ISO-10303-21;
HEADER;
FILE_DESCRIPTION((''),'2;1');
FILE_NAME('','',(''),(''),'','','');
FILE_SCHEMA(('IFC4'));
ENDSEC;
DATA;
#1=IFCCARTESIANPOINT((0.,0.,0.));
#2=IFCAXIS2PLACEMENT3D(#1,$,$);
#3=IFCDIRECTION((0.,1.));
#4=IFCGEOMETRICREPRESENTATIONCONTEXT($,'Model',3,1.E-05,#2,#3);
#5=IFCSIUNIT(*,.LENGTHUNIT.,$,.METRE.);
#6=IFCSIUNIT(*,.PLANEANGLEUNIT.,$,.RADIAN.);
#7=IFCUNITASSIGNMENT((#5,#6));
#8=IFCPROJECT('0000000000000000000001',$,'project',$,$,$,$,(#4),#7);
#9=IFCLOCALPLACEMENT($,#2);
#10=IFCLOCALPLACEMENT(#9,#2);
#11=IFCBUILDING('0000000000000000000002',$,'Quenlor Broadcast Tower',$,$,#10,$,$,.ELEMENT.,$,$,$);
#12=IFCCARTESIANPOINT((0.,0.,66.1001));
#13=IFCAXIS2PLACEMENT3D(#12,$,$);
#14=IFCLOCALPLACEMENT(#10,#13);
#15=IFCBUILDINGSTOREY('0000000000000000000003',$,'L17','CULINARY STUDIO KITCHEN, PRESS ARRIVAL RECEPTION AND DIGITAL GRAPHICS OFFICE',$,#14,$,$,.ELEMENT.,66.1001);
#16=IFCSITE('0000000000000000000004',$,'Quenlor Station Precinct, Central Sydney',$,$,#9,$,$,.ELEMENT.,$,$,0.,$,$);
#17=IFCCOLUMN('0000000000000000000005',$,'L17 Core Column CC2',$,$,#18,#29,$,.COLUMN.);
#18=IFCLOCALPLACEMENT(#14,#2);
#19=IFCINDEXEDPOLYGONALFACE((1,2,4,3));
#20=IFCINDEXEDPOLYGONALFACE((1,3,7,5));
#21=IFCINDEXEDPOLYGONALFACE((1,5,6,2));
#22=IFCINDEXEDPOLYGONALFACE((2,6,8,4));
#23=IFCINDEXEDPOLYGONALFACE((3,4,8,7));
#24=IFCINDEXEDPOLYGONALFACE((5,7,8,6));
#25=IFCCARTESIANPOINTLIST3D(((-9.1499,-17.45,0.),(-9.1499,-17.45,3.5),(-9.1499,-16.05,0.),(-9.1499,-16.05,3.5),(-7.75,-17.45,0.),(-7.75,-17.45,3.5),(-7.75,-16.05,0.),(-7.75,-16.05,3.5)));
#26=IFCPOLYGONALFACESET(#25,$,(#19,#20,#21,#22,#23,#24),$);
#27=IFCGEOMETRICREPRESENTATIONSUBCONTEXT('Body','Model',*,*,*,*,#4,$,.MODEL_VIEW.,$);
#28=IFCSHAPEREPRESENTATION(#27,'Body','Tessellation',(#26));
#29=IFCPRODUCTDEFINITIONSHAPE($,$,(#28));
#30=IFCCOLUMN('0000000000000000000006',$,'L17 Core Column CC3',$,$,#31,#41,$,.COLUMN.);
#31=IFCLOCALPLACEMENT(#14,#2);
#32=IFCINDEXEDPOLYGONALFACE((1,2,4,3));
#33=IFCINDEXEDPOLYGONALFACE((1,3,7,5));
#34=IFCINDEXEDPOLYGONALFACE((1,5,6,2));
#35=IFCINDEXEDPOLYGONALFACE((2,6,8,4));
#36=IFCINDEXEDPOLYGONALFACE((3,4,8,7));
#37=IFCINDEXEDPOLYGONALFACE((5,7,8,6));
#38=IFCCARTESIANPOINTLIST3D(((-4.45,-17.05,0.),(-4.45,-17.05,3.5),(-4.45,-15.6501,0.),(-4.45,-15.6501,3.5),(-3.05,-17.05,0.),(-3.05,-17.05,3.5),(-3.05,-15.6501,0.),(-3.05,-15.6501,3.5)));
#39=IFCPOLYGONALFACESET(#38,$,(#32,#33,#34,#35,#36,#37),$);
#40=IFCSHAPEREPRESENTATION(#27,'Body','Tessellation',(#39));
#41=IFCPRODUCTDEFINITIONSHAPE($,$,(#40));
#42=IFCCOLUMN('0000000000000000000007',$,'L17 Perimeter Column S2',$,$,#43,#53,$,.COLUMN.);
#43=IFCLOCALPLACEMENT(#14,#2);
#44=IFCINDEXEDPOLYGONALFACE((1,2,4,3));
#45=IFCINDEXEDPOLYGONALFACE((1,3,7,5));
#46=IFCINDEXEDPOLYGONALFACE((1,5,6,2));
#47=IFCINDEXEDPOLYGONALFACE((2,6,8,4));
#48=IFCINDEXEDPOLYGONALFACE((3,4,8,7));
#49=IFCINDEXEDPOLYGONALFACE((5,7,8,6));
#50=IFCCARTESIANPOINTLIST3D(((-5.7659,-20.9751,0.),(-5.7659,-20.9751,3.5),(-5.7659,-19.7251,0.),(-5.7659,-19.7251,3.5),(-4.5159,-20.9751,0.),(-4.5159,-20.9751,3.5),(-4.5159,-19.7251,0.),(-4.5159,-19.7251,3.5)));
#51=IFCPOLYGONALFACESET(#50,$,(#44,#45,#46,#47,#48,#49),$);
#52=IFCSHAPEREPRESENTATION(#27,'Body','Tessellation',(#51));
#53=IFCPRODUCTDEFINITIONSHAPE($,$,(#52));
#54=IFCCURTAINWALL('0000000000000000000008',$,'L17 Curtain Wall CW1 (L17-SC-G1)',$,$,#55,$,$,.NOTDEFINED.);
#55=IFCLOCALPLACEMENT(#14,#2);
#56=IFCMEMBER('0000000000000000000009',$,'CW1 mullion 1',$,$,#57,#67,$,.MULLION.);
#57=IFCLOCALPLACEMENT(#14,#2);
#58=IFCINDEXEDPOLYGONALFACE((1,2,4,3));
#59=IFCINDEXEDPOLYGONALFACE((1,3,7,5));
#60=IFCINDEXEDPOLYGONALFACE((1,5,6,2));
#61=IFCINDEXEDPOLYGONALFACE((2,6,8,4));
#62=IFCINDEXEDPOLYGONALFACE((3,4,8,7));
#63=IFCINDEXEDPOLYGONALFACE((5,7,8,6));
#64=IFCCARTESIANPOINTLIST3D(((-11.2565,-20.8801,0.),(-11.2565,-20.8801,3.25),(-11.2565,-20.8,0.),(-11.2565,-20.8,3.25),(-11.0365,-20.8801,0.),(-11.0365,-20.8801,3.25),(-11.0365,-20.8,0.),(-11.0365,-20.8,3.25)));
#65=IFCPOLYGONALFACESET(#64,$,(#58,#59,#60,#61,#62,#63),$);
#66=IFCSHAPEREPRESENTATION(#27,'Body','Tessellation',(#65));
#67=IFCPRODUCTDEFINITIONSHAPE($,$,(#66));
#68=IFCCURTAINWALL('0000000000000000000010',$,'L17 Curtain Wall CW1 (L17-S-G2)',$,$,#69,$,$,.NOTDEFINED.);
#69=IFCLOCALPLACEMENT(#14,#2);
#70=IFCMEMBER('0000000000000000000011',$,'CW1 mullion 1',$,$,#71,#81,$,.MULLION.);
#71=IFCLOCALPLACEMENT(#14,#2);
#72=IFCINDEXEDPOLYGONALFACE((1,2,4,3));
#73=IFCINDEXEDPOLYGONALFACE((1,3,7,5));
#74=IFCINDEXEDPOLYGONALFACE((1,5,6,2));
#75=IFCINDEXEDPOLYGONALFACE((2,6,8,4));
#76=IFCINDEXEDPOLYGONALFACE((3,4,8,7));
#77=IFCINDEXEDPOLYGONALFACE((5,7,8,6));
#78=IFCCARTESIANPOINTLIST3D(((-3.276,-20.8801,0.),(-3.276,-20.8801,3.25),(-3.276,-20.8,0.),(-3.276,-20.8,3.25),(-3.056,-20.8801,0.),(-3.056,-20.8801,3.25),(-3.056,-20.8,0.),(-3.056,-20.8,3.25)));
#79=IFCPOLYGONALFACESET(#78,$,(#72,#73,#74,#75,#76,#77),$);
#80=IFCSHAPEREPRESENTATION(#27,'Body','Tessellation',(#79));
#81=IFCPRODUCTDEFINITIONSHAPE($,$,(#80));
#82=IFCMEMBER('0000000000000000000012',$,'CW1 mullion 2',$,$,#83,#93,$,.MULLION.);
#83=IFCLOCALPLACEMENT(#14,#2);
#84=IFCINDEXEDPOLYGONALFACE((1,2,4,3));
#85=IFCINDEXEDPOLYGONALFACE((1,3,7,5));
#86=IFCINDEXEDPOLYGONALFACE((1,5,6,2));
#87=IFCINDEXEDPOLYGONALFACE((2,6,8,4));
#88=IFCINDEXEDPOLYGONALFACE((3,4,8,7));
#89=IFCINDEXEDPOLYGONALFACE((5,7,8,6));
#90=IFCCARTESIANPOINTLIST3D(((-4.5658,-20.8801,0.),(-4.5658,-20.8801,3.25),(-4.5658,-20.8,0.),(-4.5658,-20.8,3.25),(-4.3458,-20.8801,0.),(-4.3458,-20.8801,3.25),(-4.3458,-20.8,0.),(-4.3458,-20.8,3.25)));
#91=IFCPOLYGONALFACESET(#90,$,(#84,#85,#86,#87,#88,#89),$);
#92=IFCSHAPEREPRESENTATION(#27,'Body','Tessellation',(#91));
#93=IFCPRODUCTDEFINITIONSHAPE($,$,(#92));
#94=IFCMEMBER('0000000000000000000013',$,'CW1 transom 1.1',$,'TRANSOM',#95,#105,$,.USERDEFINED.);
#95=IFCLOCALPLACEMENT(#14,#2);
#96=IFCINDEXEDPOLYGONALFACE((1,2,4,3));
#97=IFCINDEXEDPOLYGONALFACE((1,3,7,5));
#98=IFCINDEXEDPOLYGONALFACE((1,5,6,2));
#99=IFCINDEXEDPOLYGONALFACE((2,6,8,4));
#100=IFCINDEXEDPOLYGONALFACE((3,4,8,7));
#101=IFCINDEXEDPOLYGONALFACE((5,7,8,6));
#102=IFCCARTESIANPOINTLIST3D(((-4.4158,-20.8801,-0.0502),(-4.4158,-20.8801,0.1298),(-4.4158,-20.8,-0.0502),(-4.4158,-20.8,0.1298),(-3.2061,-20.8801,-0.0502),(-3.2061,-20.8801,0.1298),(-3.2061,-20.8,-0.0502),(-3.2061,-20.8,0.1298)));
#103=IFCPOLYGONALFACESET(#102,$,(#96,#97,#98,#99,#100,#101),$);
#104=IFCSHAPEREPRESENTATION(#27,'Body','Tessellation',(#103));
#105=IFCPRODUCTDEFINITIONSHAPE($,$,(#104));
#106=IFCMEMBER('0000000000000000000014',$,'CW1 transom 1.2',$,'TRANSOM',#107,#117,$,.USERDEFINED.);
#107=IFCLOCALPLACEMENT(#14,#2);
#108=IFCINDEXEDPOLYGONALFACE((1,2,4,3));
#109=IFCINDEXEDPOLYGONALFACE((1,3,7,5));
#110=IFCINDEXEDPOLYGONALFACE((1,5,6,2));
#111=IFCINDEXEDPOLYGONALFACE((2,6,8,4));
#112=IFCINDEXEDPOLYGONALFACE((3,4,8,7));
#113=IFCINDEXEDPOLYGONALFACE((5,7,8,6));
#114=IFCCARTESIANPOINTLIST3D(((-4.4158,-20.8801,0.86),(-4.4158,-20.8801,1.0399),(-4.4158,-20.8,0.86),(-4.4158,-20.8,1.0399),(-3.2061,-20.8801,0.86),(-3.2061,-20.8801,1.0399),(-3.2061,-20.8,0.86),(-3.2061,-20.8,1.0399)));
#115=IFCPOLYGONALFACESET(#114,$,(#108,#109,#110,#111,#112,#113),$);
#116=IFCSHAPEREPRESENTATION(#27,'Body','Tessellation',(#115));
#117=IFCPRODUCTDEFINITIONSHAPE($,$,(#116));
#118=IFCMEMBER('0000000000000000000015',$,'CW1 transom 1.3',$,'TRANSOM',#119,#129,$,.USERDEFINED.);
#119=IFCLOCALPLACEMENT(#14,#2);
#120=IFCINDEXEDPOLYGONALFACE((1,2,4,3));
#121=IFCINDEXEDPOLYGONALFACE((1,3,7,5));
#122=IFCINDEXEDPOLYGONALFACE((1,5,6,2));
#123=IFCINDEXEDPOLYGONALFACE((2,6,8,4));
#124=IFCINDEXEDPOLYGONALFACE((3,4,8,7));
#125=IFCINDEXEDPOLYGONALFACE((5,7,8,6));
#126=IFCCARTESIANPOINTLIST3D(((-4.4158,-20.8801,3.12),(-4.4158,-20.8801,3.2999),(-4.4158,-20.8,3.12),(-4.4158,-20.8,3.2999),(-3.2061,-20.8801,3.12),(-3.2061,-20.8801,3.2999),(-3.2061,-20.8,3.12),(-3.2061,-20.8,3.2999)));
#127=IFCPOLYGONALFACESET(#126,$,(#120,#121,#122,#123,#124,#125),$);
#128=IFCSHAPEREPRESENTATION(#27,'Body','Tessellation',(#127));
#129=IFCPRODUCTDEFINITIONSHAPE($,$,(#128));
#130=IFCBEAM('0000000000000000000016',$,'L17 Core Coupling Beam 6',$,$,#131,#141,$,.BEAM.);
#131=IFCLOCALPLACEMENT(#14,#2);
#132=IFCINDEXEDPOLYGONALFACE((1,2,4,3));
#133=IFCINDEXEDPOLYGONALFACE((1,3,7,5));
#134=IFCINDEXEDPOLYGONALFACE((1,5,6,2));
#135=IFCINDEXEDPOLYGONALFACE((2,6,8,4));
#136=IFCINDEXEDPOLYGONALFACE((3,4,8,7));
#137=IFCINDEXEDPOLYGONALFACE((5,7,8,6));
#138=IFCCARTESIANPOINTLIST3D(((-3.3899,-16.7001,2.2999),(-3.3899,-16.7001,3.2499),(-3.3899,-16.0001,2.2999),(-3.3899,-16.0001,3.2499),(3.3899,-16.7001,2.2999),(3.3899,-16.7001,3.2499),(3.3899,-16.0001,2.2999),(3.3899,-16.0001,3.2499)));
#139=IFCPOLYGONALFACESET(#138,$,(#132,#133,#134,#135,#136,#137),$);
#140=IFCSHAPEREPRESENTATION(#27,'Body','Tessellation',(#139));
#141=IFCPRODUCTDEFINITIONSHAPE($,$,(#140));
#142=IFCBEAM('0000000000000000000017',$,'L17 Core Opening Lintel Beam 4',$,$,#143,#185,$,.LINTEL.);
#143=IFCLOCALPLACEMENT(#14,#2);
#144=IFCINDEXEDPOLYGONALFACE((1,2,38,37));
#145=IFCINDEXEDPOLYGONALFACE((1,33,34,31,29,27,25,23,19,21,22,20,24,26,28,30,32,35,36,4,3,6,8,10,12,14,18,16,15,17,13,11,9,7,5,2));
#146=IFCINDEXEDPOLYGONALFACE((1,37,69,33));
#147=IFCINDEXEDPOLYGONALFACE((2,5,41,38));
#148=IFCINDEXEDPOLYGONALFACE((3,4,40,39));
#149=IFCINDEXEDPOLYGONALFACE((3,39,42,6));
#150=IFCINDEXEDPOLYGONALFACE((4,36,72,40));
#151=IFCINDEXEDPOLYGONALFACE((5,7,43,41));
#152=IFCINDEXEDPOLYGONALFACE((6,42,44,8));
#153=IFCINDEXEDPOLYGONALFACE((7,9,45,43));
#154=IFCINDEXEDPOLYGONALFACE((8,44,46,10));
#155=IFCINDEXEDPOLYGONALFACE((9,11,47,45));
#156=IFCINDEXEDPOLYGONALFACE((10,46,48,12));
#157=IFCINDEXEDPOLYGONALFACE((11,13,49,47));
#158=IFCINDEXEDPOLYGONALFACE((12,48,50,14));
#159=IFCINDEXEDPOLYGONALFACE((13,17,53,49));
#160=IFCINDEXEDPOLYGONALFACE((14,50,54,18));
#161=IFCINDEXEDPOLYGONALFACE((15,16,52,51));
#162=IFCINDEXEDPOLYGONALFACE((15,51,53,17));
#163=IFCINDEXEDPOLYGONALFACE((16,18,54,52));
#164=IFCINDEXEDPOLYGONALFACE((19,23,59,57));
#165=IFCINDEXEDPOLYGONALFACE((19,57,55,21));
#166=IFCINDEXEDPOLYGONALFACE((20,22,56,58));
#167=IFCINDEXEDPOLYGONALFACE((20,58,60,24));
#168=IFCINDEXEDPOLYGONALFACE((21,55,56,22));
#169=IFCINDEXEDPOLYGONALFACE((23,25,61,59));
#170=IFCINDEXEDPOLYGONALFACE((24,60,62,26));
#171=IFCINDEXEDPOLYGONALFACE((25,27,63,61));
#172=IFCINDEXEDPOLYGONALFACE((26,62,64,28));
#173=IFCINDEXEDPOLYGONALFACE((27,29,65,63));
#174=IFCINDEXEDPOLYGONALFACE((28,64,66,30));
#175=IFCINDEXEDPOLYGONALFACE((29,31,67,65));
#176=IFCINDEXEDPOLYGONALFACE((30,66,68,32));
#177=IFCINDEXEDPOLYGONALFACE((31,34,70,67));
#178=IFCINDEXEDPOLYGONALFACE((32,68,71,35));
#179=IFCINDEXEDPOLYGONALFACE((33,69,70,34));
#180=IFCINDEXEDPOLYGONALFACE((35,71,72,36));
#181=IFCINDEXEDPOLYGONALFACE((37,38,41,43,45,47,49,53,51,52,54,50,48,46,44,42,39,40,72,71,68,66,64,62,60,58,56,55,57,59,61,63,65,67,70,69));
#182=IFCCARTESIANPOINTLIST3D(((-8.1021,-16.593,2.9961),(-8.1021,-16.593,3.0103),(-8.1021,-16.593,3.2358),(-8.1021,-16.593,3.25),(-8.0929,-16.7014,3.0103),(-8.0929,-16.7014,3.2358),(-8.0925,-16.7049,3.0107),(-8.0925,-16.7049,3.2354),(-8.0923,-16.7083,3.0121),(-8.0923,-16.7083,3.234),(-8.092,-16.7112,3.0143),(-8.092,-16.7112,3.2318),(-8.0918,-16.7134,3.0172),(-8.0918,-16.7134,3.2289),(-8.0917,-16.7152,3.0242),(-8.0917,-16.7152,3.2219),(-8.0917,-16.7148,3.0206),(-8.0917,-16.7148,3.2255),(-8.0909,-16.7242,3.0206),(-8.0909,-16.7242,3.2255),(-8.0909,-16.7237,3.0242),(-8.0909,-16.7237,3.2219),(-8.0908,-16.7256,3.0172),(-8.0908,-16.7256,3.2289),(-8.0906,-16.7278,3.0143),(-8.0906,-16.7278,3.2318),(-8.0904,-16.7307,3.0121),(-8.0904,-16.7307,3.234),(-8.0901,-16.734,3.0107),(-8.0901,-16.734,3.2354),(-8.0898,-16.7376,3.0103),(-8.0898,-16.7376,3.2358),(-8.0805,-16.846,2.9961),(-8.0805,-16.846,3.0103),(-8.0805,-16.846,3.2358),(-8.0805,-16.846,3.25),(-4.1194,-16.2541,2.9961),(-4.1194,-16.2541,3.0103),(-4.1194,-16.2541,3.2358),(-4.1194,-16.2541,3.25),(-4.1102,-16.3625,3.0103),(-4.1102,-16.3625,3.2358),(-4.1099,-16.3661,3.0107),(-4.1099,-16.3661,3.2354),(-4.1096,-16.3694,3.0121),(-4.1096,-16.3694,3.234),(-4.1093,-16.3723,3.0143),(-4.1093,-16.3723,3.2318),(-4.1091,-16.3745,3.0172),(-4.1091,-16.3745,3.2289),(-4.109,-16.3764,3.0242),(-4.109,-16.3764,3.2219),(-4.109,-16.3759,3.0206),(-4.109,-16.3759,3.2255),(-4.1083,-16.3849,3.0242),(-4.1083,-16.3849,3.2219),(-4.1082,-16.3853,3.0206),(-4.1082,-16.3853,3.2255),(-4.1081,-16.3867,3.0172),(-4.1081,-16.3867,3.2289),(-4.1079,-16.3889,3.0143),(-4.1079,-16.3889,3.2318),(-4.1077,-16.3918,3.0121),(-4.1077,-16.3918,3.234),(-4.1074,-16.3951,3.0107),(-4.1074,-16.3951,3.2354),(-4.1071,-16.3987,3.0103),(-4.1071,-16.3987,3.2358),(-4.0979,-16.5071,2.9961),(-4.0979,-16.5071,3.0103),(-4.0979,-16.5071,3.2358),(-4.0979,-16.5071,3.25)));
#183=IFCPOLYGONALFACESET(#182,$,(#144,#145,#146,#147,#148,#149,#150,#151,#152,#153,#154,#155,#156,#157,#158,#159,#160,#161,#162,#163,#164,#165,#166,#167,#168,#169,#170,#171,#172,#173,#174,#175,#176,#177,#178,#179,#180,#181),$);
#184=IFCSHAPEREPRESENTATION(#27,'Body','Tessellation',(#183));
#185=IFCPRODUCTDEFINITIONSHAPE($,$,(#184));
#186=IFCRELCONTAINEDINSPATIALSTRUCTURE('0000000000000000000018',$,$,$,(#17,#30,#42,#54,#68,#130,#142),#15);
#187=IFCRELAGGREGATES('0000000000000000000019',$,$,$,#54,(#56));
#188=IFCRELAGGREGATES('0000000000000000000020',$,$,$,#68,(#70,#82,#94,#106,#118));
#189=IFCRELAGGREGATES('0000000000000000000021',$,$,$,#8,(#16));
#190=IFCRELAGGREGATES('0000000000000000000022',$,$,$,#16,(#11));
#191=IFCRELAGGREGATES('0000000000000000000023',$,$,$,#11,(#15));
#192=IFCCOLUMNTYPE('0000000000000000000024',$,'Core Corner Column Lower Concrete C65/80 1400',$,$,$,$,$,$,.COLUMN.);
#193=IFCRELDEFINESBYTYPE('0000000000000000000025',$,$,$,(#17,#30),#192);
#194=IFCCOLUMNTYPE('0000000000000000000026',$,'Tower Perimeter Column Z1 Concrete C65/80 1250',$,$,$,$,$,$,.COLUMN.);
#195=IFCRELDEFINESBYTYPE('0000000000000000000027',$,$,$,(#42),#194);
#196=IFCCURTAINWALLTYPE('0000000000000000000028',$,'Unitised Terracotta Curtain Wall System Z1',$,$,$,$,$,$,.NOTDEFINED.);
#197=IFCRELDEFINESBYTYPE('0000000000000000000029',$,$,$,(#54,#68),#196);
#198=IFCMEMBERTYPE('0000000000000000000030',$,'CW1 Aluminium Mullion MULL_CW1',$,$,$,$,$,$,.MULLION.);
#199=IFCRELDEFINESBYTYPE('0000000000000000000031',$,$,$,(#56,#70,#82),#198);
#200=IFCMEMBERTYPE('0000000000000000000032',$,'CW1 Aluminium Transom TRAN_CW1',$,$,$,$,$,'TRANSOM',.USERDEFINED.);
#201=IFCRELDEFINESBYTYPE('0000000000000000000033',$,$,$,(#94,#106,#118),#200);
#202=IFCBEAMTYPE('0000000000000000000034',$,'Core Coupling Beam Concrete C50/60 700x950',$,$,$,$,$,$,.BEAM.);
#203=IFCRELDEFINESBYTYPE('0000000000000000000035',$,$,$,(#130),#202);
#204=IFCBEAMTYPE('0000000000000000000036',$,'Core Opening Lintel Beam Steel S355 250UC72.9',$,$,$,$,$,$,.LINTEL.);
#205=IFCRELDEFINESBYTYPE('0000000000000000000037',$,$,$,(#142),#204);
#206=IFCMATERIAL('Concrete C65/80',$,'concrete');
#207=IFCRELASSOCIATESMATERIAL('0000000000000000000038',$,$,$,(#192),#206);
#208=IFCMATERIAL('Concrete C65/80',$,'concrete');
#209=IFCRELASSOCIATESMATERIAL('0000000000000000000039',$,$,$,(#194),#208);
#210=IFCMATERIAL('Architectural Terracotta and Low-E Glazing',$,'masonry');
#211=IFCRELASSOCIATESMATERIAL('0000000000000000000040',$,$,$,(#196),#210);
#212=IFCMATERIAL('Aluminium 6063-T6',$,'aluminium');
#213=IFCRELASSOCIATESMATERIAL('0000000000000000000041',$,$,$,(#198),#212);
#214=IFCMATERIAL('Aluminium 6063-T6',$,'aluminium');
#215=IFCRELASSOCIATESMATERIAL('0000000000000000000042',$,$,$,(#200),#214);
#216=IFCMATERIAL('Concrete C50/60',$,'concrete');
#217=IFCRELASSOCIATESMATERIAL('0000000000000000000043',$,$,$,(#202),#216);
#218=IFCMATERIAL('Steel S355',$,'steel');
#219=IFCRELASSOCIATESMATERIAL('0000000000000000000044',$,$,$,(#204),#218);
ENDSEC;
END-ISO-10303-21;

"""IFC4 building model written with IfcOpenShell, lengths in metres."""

from ifc_helpers import new_model, si_unit, direction, frame, origin, origin_2d, place, context, subcontext, project, spatial, rectangle, i_section, extrude, material, material_profile, profile_set, type_object, element, aggregate, save


model = new_model("IFC4")

# Units and contexts
model_context = context("Model", 3, precision=1e-05, world=origin(), true_north=direction((0.0, 1.0)))
body_context = subcontext(model_context, "Body", "Model", "MODEL_VIEW")
ifc_project = project(units=[si_unit("LENGTHUNIT", "METRE"), si_unit("PLANEANGLEUNIT", "RADIAN")], contexts=[model_context])

# Site, building, storey
site_placement = place(None, origin())
site = spatial("IfcSite", under=ifc_project, at=site_placement, Name="Quenlor Station Precinct, Central Sydney", CompositionType="ELEMENT", RefElevation=0.0)
building_placement = place(site_placement, origin())
building = spatial("IfcBuilding", under=site, at=building_placement, Name="Quenlor Broadcast Tower", CompositionType="ELEMENT")
storey_placement = place(building_placement, frame((0.0, 0.0, 66.1001)))
storey = spatial("IfcBuildingStorey", under=building, at=storey_placement, Name="L17", Description="CULINARY STUDIO KITCHEN, PRESS ARRIVAL RECEPTION AND DIGITAL GRAPHICS OFFICE", CompositionType="ELEMENT", Elevation=66.1001)

# Columns
ifc_material_1 = material(Name="Concrete C65/80", Category="concrete")
ifc_material_profile_1 = material_profile(ifc_material_1, rectangle(XDim=1.3999, YDim=1.3999, at=origin_2d()))
ifc_profile_set_1 = profile_set([ifc_material_profile_1], Name="Concrete C65/80 RC1400x1400")
column_type_1 = type_object("IfcColumnType", Name="Core Corner Column Lower Concrete C65/80 1400", PredefinedType="COLUMN", material=ifc_profile_set_1)
for number, where, z_axis, x_axis, name in (
    (1, (-8.45, -16.75, 0.0), (0.0, 0.0, 1.0), (1.0, 0.0, 0.0), "L17 Core Column CC2"),
    (2, (-3.75, -16.3501, 0.0), (0.0, 0.0, 1.0), (1.0, 0.0, 0.0), "L17 Core Column CC3"),
):
    element("IfcColumn", number, at=place(storey_placement, frame(where, z_axis=z_axis, x_axis=x_axis)), inside=storey, type_object=column_type_1, Name=name, PredefinedType="COLUMN", context=body_context, shape_type="SweptSolid", body=[
        extrude(rectangle(XDim=1.3999, YDim=1.3999, at=origin_2d()), origin(), (0.0, 0.0, 1.0), 3.5),
    ])
ifc_material_2 = material(Name="Concrete C65/80", Category="concrete")
ifc_material_profile_2 = material_profile(ifc_material_2, rectangle(XDim=1.25, YDim=1.25, at=origin_2d()))
ifc_profile_set_2 = profile_set([ifc_material_profile_2], Name="Concrete C65/80 RC1250x1250")
column_type_2 = type_object("IfcColumnType", Name="Tower Perimeter Column Z1 Concrete C65/80 1250", PredefinedType="COLUMN", material=ifc_profile_set_2)
column_placement = place(storey_placement, frame((-5.1409, -20.3501, 0.0), z_axis=(0.0, 0.0, 1.0), x_axis=(0.0, 1.0, 0.0)))
element("IfcColumn", 3, at=column_placement, inside=storey, type_object=column_type_2, Name="L17 Perimeter Column S2", PredefinedType="COLUMN", context=body_context, shape_type="SweptSolid", body=[
    extrude(rectangle(XDim=1.25, YDim=1.25, at=origin_2d()), origin(), (0.0, 0.0, 1.0), 3.5),
])

# Curtain wall, member
ifc_material_3 = material(Name="Architectural Terracotta and Low-E Glazing", Category="masonry")
curtain_wall_type = type_object("IfcCurtainWallType", Name="Unitised Terracotta Curtain Wall System Z1", PredefinedType="NOTDEFINED", material=ifc_material_3)
curtain_wall_1_placement = place(storey_placement, origin())
curtain_wall_1 = element("IfcCurtainWall", 4, at=curtain_wall_1_placement, inside=storey, type_object=curtain_wall_type, Name="L17 Curtain Wall CW1 (L17-SC-G1)", PredefinedType="NOTDEFINED")
ifc_material_4 = material(Name="Aluminium 6063-T6", Category="aluminium")
ifc_material_profile_3 = material_profile(ifc_material_4, rectangle(XDim=0.0801, YDim=0.22, at=origin_2d()))
ifc_profile_set_3 = profile_set([ifc_material_profile_3], Name="Aluminium 6063-T6 MULL80x220")
member_type_1 = type_object("IfcMemberType", Name="CW1 Aluminium Mullion MULL_CW1", PredefinedType="MULLION", material=ifc_profile_set_3)
member_1_placement = place(storey_placement, frame((-11.1465, -20.8401, 0.0), z_axis=(0.0, 0.0, 1.0), x_axis=(0.0, -1.0, 0.0)))
member_1 = element("IfcMember", 5, at=member_1_placement, type_object=member_type_1, Name="CW1 mullion 1", PredefinedType="MULLION", context=body_context, shape_type="SweptSolid", body=[
    extrude(rectangle(XDim=0.0801, YDim=0.22, at=origin_2d()), origin(), (0.0, 0.0, 1.0), 3.25),
])
aggregate(curtain_wall_1, [member_1])

# Curtain wall, members
curtain_wall_2_placement = place(storey_placement, origin())
curtain_wall_2 = element("IfcCurtainWall", 6, at=curtain_wall_2_placement, inside=storey, type_object=curtain_wall_type, Name="L17 Curtain Wall CW1 (L17-S-G2)", PredefinedType="NOTDEFINED")
member_2_placement = place(storey_placement, frame((-3.166, -20.8401, 0.0), z_axis=(0.0, 0.0, 1.0), x_axis=(0.0, -1.0, 0.0)))
member_2 = element("IfcMember", 7, at=member_2_placement, type_object=member_type_1, Name="CW1 mullion 1", PredefinedType="MULLION", context=body_context, shape_type="SweptSolid", body=[
    extrude(rectangle(XDim=0.0801, YDim=0.22, at=origin_2d()), origin(), (0.0, 0.0, 1.0), 3.25),
])
member_3_placement = place(storey_placement, frame((-4.4558, -20.8401, 0.0), z_axis=(0.0, 0.0, 1.0), x_axis=(0.0, -1.0, 0.0)))
member_3 = element("IfcMember", 8, at=member_3_placement, type_object=member_type_1, Name="CW1 mullion 2", PredefinedType="MULLION", context=body_context, shape_type="SweptSolid", body=[
    extrude(rectangle(XDim=0.0801, YDim=0.22, at=origin_2d()), origin(), (0.0, 0.0, 1.0), 3.25),
])
ifc_material_5 = material(Name="Aluminium 6063-T6", Category="aluminium")
ifc_material_profile_4 = material_profile(ifc_material_5, rectangle(XDim=0.0801, YDim=0.1799, at=origin_2d()))
ifc_profile_set_4 = profile_set([ifc_material_profile_4], Name="Aluminium 6063-T6 TRAN80x180")
member_type_2 = type_object("IfcMemberType", Name="CW1 Aluminium Transom TRAN_CW1", ElementType="TRANSOM", PredefinedType="USERDEFINED", material=ifc_profile_set_4)
member_4_placement = place(storey_placement, frame((-3.2061, -20.8401, 0.0398), z_axis=(-1.0, 0.0, 0.0), x_axis=(0.0, -1.0, 0.0)))
member_4 = element("IfcMember", 9, at=member_4_placement, type_object=member_type_2, Name="CW1 transom 1.1", ObjectType="TRANSOM", PredefinedType="USERDEFINED", context=body_context, shape_type="SweptSolid", body=[
    extrude(rectangle(XDim=0.0801, YDim=0.1799, at=origin_2d()), origin(), (0.0, 0.0, 1.0), 1.2097),
])
member_5_placement = place(storey_placement, frame((-3.2061, -20.8401, 0.95), z_axis=(-1.0, 0.0, 0.0), x_axis=(0.0, -1.0, 0.0)))
member_5 = element("IfcMember", 10, at=member_5_placement, type_object=member_type_2, Name="CW1 transom 1.2", ObjectType="TRANSOM", PredefinedType="USERDEFINED", context=body_context, shape_type="SweptSolid", body=[
    extrude(rectangle(XDim=0.0801, YDim=0.1799, at=origin_2d()), origin(), (0.0, 0.0, 1.0), 1.2097),
])
member_6_placement = place(storey_placement, frame((-3.2061, -20.8401, 3.21), z_axis=(-1.0, 0.0, 0.0), x_axis=(0.0, -1.0, 0.0)))
member_6 = element("IfcMember", 11, at=member_6_placement, type_object=member_type_2, Name="CW1 transom 1.3", ObjectType="TRANSOM", PredefinedType="USERDEFINED", context=body_context, shape_type="SweptSolid", body=[
    extrude(rectangle(XDim=0.0801, YDim=0.1799, at=origin_2d()), origin(), (0.0, 0.0, 1.0), 1.2097),
])

# Beams
ifc_material_6 = material(Name="Concrete C50/60", Category="concrete")
ifc_material_profile_5 = material_profile(ifc_material_6, rectangle(XDim=0.7, YDim=0.95, at=origin_2d()))
ifc_profile_set_5 = profile_set([ifc_material_profile_5], Name="Concrete C50/60 RCB700x950")
beam_type_1 = type_object("IfcBeamType", Name="Core Coupling Beam Concrete C50/60 700x950", PredefinedType="BEAM", material=ifc_profile_set_5)
beam_1_placement = place(storey_placement, frame((-3.3899, -16.3501, 2.7749), z_axis=(1.0, 0.0, 0.0), x_axis=(0.0, 1.0, 0.0)))
element("IfcBeam", 12, at=beam_1_placement, inside=storey, type_object=beam_type_1, Name="L17 Core Coupling Beam 6", PredefinedType="BEAM", context=body_context, shape_type="SweptSolid", body=[
    extrude(rectangle(XDim=0.7, YDim=0.95, at=origin_2d()), origin(), (0.0, 0.0, 1.0), 6.7798),
])
ifc_material_7 = material(Name="Steel S355", Category="steel")
ifc_material_profile_6 = material_profile(ifc_material_7, i_section(OverallWidth=0.2539, OverallDepth=0.2539, WebThickness=0.0085, FlangeThickness=0.0142, FilletRadius=0.0139, at=origin_2d()))
ifc_profile_set_6 = profile_set([ifc_material_profile_6], Name="Steel S355 250UC72.9")
beam_type_2 = type_object("IfcBeamType", Name="Core Opening Lintel Beam Steel S355 250UC72.9", PredefinedType="LINTEL", material=ifc_profile_set_6)
beam_2_placement = place(storey_placement, frame((-8.0913, -16.7195, 3.123), z_axis=(0.9964, 0.084779, 0.0), x_axis=(-0.084779, 0.9964, 0.0)))
element("IfcBeam", 13, at=beam_2_placement, inside=storey, type_object=beam_type_2, Name="L17 Core Opening Lintel Beam 4", PredefinedType="LINTEL", context=body_context, shape_type="SweptSolid", body=[
    extrude(i_section(OverallWidth=0.2539, OverallDepth=0.2539, WebThickness=0.0085, FlangeThickness=0.0142, FilletRadius=0.0139, at=origin_2d()), origin(), (0.0, 0.0, 1.0), 3.9971),
])

aggregate(curtain_wall_2, [member_2, member_3, member_4, member_5, member_6])

save(model, "model.ifc")
